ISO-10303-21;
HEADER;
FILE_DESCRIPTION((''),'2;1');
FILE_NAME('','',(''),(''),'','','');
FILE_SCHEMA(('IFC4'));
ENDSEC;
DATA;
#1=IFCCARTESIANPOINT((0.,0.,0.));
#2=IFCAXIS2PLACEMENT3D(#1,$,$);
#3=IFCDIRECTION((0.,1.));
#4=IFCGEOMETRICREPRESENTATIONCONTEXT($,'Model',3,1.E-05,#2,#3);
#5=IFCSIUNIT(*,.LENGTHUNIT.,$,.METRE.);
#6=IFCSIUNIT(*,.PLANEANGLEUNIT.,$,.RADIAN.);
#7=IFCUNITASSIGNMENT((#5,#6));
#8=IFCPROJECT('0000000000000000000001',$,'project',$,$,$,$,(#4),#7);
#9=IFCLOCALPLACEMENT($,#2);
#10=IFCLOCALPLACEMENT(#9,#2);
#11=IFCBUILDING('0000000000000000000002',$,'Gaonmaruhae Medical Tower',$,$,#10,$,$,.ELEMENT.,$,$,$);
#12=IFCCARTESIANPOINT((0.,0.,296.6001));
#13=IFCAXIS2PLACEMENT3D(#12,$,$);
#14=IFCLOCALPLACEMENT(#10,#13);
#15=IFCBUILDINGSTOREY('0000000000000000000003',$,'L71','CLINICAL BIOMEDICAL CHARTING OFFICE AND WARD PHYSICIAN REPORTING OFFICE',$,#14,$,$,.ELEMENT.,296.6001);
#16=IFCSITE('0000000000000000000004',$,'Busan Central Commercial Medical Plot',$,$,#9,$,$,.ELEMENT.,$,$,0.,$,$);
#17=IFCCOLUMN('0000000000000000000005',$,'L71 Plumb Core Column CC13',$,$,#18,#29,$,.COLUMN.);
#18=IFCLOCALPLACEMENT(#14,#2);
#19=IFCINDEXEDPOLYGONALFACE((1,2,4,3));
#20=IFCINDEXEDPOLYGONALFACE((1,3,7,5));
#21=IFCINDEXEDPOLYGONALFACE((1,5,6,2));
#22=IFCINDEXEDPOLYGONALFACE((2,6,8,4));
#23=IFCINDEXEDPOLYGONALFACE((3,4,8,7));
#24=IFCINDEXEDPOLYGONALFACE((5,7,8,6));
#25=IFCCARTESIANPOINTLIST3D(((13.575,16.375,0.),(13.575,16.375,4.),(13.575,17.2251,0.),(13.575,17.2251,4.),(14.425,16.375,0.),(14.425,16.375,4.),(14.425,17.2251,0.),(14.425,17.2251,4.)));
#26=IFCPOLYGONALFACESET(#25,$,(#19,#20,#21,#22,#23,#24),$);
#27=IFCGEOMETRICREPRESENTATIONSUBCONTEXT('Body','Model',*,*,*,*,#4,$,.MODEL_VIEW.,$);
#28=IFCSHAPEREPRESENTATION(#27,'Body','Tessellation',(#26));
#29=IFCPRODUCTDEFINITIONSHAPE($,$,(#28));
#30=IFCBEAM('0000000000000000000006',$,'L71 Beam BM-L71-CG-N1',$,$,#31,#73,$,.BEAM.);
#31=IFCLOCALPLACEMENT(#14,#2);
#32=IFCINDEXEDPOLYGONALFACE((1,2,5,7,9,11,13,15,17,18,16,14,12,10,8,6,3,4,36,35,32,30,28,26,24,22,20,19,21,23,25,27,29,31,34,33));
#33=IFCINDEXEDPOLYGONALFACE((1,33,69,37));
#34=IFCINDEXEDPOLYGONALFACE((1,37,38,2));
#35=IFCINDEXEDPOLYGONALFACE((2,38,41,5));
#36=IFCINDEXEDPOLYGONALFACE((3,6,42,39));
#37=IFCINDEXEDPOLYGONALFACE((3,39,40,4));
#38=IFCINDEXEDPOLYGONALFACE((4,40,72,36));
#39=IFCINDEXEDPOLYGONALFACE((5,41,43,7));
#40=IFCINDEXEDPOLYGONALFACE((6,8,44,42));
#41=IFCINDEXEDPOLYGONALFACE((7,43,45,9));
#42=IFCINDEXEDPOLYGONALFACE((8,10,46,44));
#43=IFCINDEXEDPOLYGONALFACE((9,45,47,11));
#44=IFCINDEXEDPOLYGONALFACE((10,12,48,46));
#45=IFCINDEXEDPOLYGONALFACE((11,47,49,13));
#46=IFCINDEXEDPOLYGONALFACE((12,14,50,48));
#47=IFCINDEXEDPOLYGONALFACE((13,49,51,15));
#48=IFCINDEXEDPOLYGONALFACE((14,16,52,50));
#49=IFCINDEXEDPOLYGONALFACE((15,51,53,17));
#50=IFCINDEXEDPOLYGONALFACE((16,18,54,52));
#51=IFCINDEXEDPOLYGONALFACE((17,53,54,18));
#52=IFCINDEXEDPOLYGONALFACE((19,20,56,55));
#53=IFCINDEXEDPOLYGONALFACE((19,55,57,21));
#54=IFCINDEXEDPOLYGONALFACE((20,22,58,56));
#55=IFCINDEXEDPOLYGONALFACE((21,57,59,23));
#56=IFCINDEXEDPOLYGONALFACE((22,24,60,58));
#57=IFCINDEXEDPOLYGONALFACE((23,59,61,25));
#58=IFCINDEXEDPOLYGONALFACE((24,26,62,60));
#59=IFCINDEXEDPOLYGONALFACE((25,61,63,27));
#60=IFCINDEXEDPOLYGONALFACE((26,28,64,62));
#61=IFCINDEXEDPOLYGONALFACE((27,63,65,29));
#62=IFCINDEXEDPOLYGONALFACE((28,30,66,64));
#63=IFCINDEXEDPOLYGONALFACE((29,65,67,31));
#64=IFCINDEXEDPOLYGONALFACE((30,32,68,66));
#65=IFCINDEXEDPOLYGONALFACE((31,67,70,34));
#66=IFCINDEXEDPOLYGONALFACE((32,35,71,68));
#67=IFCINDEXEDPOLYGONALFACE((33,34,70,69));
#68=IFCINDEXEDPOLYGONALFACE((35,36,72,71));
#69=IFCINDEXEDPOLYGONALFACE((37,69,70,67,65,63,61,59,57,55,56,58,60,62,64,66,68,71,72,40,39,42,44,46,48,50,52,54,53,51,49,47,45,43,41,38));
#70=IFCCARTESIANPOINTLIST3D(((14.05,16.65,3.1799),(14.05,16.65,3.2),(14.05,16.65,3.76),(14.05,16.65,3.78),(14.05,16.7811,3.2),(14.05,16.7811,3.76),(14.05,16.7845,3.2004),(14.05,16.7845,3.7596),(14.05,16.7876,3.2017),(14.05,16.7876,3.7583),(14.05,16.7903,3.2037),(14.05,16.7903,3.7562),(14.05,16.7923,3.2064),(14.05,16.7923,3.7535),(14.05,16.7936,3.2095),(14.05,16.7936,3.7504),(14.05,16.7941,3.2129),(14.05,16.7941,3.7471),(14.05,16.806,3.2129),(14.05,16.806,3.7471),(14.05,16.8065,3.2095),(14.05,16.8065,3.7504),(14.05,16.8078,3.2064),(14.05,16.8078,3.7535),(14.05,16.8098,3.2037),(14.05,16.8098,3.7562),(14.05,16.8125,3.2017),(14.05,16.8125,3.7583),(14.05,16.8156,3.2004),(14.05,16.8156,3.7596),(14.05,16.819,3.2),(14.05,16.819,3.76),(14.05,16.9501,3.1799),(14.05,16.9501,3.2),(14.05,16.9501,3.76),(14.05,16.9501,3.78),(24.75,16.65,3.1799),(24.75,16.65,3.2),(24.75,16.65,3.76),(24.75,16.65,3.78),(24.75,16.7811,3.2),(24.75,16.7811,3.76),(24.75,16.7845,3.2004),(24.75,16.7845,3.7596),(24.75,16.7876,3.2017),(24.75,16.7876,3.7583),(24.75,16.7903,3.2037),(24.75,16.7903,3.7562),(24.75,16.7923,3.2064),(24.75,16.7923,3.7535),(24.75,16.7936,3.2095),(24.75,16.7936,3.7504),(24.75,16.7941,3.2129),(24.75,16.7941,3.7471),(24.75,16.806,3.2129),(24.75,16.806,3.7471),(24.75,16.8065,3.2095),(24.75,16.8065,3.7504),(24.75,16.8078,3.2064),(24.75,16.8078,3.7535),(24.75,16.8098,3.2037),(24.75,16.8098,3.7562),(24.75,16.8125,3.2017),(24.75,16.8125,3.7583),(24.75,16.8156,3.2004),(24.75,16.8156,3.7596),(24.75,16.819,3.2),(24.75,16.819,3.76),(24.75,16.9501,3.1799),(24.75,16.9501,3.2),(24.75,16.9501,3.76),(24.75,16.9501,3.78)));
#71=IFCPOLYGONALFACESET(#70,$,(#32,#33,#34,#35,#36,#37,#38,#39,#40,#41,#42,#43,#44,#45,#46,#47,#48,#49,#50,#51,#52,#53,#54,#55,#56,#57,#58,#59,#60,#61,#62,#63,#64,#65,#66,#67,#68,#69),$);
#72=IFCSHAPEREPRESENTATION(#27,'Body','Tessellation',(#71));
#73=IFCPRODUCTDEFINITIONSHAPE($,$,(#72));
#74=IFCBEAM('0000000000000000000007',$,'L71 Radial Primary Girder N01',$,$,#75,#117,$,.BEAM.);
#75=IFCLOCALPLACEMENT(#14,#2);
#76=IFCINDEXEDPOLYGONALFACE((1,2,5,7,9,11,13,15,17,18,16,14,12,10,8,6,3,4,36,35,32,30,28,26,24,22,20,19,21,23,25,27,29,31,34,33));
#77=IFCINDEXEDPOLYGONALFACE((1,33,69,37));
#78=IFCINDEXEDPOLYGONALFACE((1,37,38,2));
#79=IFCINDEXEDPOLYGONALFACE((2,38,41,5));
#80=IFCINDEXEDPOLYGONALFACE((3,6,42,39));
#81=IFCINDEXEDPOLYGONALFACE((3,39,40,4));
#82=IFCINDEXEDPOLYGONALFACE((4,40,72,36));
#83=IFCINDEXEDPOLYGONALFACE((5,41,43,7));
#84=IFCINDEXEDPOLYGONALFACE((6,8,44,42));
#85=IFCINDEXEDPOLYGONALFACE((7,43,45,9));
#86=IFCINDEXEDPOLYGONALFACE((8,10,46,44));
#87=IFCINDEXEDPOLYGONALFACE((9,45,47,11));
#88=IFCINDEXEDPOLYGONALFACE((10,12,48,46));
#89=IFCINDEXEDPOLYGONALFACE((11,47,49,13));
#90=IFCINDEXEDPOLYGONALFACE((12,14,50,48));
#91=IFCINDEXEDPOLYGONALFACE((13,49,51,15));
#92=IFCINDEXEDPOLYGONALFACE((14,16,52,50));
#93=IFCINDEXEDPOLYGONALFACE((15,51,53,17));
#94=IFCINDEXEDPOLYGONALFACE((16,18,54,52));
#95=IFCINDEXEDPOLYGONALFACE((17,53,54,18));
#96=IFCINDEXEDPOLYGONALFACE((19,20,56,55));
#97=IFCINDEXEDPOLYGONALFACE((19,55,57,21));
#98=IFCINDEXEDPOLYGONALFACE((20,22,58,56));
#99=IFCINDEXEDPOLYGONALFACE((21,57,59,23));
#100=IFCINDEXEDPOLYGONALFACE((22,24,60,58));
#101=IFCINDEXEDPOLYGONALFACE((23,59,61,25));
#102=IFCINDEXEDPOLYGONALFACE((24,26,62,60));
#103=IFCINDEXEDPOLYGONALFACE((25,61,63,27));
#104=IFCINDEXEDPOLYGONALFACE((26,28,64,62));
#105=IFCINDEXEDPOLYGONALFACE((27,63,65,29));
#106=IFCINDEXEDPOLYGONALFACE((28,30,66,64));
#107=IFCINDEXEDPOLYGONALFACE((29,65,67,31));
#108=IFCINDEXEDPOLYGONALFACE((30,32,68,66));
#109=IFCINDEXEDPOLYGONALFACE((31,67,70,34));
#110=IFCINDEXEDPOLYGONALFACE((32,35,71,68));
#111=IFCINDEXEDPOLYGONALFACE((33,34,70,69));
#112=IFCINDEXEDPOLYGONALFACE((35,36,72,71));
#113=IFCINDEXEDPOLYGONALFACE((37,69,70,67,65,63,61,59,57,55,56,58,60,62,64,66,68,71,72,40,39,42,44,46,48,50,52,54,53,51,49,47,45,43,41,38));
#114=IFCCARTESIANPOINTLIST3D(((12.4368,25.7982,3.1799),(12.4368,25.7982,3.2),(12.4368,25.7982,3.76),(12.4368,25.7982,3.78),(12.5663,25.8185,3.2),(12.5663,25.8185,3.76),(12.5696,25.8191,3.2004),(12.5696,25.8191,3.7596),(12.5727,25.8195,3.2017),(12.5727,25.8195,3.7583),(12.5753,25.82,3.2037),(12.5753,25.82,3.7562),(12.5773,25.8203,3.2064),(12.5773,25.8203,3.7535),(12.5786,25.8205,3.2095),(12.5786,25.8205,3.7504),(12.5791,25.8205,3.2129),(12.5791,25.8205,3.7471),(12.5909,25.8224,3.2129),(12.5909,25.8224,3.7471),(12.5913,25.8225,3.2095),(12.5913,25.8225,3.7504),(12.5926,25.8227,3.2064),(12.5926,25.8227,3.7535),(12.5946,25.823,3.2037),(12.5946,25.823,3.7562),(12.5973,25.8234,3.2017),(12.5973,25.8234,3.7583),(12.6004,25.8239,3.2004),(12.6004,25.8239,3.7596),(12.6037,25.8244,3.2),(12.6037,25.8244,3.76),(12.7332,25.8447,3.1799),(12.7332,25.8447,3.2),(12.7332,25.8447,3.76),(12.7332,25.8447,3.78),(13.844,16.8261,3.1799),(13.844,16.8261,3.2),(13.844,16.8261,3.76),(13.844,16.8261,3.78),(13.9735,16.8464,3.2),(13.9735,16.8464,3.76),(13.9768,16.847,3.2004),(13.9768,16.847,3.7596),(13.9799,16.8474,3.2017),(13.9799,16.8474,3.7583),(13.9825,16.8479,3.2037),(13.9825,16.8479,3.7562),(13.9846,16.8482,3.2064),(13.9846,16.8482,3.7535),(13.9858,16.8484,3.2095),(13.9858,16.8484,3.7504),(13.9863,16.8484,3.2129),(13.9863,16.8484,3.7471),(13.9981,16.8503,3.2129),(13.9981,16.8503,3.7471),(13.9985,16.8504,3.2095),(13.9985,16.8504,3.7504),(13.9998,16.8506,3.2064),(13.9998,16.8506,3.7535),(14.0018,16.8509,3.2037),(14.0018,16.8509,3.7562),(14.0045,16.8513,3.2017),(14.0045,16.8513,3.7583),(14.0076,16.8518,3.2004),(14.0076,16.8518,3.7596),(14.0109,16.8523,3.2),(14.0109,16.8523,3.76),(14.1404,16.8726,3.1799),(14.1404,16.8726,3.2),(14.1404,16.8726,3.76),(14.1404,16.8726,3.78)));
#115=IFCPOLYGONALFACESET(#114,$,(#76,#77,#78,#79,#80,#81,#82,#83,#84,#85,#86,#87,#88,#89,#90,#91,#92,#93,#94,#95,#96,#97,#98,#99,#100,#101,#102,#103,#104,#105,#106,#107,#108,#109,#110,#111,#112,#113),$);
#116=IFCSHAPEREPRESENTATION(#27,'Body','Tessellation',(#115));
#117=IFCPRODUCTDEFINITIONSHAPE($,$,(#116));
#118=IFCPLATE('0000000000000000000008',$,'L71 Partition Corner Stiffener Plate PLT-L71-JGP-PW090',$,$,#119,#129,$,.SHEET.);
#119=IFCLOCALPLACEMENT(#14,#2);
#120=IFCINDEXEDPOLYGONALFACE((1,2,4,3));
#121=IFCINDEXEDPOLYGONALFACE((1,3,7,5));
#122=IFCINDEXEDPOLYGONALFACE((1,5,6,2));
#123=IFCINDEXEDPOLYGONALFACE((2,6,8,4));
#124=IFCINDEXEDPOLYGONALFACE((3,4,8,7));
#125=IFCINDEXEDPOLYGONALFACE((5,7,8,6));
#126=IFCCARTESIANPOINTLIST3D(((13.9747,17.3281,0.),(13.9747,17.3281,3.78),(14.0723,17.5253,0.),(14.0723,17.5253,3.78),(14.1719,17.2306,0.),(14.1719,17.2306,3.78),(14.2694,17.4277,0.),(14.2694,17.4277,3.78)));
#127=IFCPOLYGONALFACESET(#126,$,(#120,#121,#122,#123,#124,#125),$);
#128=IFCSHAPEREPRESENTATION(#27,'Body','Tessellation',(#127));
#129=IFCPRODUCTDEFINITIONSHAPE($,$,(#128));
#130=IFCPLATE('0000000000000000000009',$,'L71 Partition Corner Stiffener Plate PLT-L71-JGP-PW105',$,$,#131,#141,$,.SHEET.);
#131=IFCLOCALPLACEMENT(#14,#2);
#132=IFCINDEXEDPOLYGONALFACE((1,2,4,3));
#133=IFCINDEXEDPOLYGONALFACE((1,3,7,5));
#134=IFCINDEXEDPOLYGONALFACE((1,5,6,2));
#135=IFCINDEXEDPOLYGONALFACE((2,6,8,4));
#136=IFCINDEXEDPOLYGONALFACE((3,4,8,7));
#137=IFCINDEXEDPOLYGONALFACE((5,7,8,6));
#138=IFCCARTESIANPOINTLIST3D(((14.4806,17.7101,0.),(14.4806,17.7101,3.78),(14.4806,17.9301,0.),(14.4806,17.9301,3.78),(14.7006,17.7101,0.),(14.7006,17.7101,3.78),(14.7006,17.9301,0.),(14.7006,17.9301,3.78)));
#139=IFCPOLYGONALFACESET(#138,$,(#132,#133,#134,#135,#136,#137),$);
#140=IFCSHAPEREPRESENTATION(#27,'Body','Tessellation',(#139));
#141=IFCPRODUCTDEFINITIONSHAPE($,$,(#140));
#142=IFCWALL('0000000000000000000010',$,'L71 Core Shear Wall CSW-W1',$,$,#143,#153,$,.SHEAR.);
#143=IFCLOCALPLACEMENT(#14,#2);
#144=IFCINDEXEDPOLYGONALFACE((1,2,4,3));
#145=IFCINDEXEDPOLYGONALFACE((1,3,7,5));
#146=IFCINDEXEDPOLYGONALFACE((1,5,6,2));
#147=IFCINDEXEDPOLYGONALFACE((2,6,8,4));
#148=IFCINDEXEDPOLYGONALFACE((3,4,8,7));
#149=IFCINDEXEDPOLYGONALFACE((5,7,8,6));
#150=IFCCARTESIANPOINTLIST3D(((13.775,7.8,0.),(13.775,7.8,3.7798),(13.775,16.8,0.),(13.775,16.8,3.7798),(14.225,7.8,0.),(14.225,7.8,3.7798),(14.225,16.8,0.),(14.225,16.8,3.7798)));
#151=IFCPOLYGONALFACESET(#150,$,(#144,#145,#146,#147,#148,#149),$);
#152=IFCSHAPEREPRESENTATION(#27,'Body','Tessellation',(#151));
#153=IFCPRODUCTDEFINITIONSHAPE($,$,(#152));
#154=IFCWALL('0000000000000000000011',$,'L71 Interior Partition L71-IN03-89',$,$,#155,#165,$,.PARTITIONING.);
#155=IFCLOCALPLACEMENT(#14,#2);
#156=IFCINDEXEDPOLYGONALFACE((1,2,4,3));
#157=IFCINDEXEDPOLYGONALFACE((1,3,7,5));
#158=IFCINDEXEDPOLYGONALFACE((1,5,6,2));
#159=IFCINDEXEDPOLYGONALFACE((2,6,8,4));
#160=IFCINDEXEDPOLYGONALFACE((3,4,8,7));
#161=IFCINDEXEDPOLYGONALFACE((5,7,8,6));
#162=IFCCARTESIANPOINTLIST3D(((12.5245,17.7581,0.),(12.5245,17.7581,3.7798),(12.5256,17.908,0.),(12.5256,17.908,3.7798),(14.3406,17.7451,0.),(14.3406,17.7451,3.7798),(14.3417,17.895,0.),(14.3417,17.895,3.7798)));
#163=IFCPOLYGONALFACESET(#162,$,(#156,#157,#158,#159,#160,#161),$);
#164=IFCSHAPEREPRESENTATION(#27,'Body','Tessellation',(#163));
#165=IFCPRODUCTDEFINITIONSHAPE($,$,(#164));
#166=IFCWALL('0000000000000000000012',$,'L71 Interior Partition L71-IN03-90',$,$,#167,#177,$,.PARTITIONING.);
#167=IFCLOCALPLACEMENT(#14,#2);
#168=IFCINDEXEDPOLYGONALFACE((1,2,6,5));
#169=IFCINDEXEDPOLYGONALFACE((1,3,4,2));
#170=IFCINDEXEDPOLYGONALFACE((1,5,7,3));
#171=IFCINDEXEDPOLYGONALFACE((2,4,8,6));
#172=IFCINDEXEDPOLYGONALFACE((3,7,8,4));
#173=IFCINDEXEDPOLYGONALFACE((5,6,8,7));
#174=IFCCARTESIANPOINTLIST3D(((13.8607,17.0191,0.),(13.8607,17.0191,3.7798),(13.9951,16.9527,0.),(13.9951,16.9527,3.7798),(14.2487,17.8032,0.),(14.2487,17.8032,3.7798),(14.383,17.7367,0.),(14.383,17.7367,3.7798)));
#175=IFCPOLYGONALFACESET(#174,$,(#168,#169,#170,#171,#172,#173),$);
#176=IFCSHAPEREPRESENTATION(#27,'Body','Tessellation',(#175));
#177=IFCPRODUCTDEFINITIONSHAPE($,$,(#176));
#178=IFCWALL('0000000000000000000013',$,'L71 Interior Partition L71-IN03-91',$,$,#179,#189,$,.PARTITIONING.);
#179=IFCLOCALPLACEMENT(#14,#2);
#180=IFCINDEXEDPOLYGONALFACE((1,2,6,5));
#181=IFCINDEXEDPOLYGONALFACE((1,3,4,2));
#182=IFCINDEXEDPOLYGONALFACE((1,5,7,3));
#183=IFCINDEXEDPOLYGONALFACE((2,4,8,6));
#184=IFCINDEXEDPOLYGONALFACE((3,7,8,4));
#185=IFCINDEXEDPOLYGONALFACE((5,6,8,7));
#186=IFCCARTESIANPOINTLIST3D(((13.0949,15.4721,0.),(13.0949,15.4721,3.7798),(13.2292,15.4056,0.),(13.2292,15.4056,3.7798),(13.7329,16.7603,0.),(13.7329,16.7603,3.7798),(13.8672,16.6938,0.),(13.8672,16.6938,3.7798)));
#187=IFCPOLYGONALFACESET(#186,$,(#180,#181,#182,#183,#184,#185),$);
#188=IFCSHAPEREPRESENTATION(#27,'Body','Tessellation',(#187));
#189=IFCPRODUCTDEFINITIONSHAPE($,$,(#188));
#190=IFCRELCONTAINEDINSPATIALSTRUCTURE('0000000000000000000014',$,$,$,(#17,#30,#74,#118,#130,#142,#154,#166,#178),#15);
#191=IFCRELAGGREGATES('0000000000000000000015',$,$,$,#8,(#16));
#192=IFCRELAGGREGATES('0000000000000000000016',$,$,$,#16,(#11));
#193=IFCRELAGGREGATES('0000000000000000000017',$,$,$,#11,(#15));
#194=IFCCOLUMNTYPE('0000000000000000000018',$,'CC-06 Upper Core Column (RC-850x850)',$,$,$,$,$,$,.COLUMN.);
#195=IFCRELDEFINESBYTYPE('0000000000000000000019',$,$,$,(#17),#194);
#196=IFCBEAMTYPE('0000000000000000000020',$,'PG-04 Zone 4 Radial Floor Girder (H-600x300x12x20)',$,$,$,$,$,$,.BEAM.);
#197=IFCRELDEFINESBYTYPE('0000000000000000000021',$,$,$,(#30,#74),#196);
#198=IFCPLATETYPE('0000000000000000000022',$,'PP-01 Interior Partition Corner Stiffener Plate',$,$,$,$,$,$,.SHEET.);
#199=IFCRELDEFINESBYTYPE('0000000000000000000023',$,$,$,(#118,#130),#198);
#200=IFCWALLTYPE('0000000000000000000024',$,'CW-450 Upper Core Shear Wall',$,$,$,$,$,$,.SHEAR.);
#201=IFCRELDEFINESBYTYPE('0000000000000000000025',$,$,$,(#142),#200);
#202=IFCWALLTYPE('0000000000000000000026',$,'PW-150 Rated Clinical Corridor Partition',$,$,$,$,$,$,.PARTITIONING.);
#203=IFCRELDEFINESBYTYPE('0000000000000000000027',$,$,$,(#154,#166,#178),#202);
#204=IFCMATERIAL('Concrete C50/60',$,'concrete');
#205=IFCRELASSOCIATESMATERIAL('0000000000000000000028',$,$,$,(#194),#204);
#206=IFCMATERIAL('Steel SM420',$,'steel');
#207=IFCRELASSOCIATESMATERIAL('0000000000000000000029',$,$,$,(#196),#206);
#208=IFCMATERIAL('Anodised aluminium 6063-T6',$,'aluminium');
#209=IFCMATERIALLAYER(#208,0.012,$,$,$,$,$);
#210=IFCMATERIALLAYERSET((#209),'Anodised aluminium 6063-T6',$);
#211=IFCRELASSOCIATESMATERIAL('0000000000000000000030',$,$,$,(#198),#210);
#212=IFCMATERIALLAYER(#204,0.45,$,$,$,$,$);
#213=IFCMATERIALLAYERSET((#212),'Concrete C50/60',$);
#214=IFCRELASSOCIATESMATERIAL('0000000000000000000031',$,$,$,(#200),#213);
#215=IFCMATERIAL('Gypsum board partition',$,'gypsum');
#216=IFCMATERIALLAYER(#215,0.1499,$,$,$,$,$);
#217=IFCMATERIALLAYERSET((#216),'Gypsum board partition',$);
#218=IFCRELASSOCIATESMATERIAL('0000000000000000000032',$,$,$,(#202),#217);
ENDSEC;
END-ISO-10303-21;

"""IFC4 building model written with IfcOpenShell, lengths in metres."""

from ifc_helpers import new_model, si_unit, direction, frame, frame_2d, origin, origin_2d, place, context, subcontext, project, spatial, rectangle, i_section, extrude, material, layer, layer_set, material_profile, profile_set, type_object, element, save


model = new_model("IFC4")

# Units and contexts
model_context = context("Model", 3, precision=1e-05, world=origin(), true_north=direction((0.0, 1.0)))
body_context = subcontext(model_context, "Body", "Model", "MODEL_VIEW")
ifc_project = project(units=[si_unit("LENGTHUNIT", "METRE"), si_unit("PLANEANGLEUNIT", "RADIAN")], contexts=[model_context])

# Site, building, storey
site_placement = place(None, origin())
site = spatial("IfcSite", under=ifc_project, at=site_placement, Name="Busan Central Commercial Medical Plot", CompositionType="ELEMENT", RefElevation=0.0)
building_placement = place(site_placement, origin())
building = spatial("IfcBuilding", under=site, at=building_placement, Name="Gaonmaruhae Medical Tower", CompositionType="ELEMENT")
storey_placement = place(building_placement, frame((0.0, 0.0, 296.6001)))
storey = spatial("IfcBuildingStorey", under=building, at=storey_placement, Name="L71", Description="CLINICAL BIOMEDICAL CHARTING OFFICE AND WARD PHYSICIAN REPORTING OFFICE", CompositionType="ELEMENT", Elevation=296.6001)

# Column
ifc_material_1 = material(Name="Concrete C50/60", Category="concrete")
ifc_material_profile_1 = material_profile(ifc_material_1, rectangle(XDim=0.8501, YDim=0.8501, at=origin_2d()), Name="RC-850x850")
ifc_profile_set_1 = profile_set([ifc_material_profile_1], Name="Concrete C50/60")
column_type = type_object("IfcColumnType", Name="CC-06 Upper Core Column (RC-850x850)", PredefinedType="COLUMN", material=ifc_profile_set_1)
column_placement = place(storey_placement, frame((14.0, 16.8, 0.0), z_axis=(0.0, 0.0, 1.0), x_axis=(1.0, 0.0, 0.0)))
element("IfcColumn", 1, at=column_placement, inside=storey, type_object=column_type, Name="L71 Plumb Core Column CC13", PredefinedType="COLUMN", context=body_context, shape_type="SweptSolid", body=[
    extrude(rectangle(XDim=0.8501, YDim=0.8501, at=origin_2d()), origin(), (0.0, 0.0, 1.0), 4.0),
])

# Beams
ifc_material_2 = material(Name="Steel SM420", Category="steel")
ifc_material_profile_2 = material_profile(ifc_material_2, i_section(OverallWidth=0.3, OverallDepth=0.6001, WebThickness=0.012, FlangeThickness=0.02, FilletRadius=0.0129, at=origin_2d()), Name="H-600x300x12x20")
ifc_profile_set_2 = profile_set([ifc_material_profile_2], Name="Steel SM420")
beam_type = type_object("IfcBeamType", Name="PG-04 Zone 4 Radial Floor Girder (H-600x300x12x20)", PredefinedType="BEAM", material=ifc_profile_set_2)
beam_1_placement = place(storey_placement, frame((14.05, 16.8, 3.48), z_axis=(1.0, 0.0, 0.0), x_axis=(0.0, 1.0, 0.0)))
element("IfcBeam", 2, at=beam_1_placement, inside=storey, type_object=beam_type, Name="L71 Beam BM-L71-CG-N1", PredefinedType="BEAM", context=body_context, shape_type="SweptSolid", body=[
    extrude(i_section(OverallWidth=0.3, OverallDepth=0.6001, WebThickness=0.012, FlangeThickness=0.02, FilletRadius=0.0129, at=origin_2d()), origin(), (0.0, 0.0, 1.0), 10.7),
])
beam_2_placement = place(storey_placement, frame((13.9922, 16.8494, 3.48), z_axis=(-0.154949, 0.987922, 0.0), x_axis=(-0.987922, -0.154949, 0.0)))
element("IfcBeam", 3, at=beam_2_placement, inside=storey, type_object=beam_type, Name="L71 Radial Primary Girder N01", PredefinedType="BEAM", context=body_context, shape_type="SweptSolid", body=[
    extrude(i_section(OverallWidth=0.3, OverallDepth=0.6001, WebThickness=0.012, FlangeThickness=0.02, FilletRadius=0.0129, at=origin_2d()), origin(), (0.0, 0.0, 1.0), 9.0818),
])

# Plates
ifc_material_3 = material(Name="Anodised aluminium 6063-T6", Category="aluminium")
ifc_layer_1 = layer(ifc_material_3, 0.012)
ifc_layer_set_1 = layer_set([ifc_layer_1], Name="Anodised aluminium 6063-T6")
plate_type = type_object("IfcPlateType", Name="PP-01 Interior Partition Corner Stiffener Plate", PredefinedType="SHEET", material=ifc_layer_set_1)
for number, where, z_axis, x_axis, name in (
    (4, (14.1221, 17.3779, 0.0), (0.0, 0.0, 1.0), (-0.443556, -0.896247, 0.0), "L71 Partition Corner Stiffener Plate PLT-L71-JGP-PW090"),
    (5, (14.5906, 17.8201, 0.0), (0.0, 0.0, 1.0), (1.0, 0.0, 0.0), "L71 Partition Corner Stiffener Plate PLT-L71-JGP-PW105"),
):
    element("IfcPlate", number, at=place(storey_placement, frame(where, z_axis=z_axis, x_axis=x_axis)), inside=storey, type_object=plate_type, Name=name, PredefinedType="SHEET", context=body_context, shape_type="SweptSolid", body=[
        extrude(rectangle(XDim=0.22, YDim=0.22, at=origin_2d()), origin(), (0.0, 0.0, 1.0), 3.78),
    ])

# Walls
ifc_layer_2 = layer(ifc_material_1, 0.45)
ifc_layer_set_2 = layer_set([ifc_layer_2], Name="Concrete C50/60")
wall_type_1 = type_object("IfcWallType", Name="CW-450 Upper Core Shear Wall", PredefinedType="SHEAR", material=ifc_layer_set_2)
wall_1_placement = place(storey_placement, frame((14.0, 16.8, 0.0), z_axis=(0.0, 0.0, 1.0), x_axis=(0.0, -1.0, 0.0)))
element("IfcWall", 6, at=wall_1_placement, inside=storey, type_object=wall_type_1, Name="L71 Core Shear Wall CSW-W1", PredefinedType="SHEAR", context=body_context, shape_type="SweptSolid", body=[
    extrude(rectangle(XDim=9.0, YDim=0.45, at=frame_2d((4.5, 0.0))), origin(), (0.0, 0.0, 1.0), 3.7798),
])
ifc_material_4 = material(Name="Gypsum board partition", Category="gypsum")
ifc_layer_3 = layer(ifc_material_4, 0.1499)
ifc_layer_set_3 = layer_set([ifc_layer_3], Name="Gypsum board partition")
wall_type_2 = type_object("IfcWallType", Name="PW-150 Rated Clinical Corridor Partition", PredefinedType="PARTITIONING", material=ifc_layer_set_3)
wall_2_placement = place(storey_placement, frame((12.5249, 17.833, 0.0), z_axis=(0.0, 0.0, 1.0), x_axis=(0.999975, -0.007124, 0.0)))
element("IfcWall", 7, at=wall_2_placement, inside=storey, type_object=wall_type_2, Name="L71 Interior Partition L71-IN03-89", PredefinedType="PARTITIONING", context=body_context, shape_type="SweptSolid", body=[
    extrude(rectangle(XDim=1.8162, YDim=0.1499, at=frame_2d((0.9082, 0.0))), origin(), (0.0, 0.0, 1.0), 3.7798),
])
wall_3_placement = place(storey_placement, frame((14.3159, 17.77, 0.0), z_axis=(0.0, 0.0, 1.0), x_axis=(-0.443525, -0.896262, 0.0)))
element("IfcWall", 8, at=wall_3_placement, inside=storey, type_object=wall_type_2, Name="L71 Interior Partition L71-IN03-90", PredefinedType="PARTITIONING", context=body_context, shape_type="SweptSolid", body=[
    extrude(rectangle(XDim=0.8748, YDim=0.1499, at=frame_2d((0.4375, 0.0))), origin(), (0.0, 0.0, 1.0), 3.7798),
])
wall_4_placement = place(storey_placement, frame((13.8, 16.7271, 0.0), z_axis=(0.0, 0.0, 1.0), x_axis=(-0.443813, -0.896119, 0.0)))
element("IfcWall", 9, at=wall_4_placement, inside=storey, type_object=wall_type_2, Name="L71 Interior Partition L71-IN03-91", PredefinedType="PARTITIONING", context=body_context, shape_type="SweptSolid", body=[
    extrude(rectangle(XDim=1.4375, YDim=0.1499, at=frame_2d((0.7188, 0.0))), origin(), (0.0, 0.0, 1.0), 3.7798),
])

save(model, "model.ifc")
